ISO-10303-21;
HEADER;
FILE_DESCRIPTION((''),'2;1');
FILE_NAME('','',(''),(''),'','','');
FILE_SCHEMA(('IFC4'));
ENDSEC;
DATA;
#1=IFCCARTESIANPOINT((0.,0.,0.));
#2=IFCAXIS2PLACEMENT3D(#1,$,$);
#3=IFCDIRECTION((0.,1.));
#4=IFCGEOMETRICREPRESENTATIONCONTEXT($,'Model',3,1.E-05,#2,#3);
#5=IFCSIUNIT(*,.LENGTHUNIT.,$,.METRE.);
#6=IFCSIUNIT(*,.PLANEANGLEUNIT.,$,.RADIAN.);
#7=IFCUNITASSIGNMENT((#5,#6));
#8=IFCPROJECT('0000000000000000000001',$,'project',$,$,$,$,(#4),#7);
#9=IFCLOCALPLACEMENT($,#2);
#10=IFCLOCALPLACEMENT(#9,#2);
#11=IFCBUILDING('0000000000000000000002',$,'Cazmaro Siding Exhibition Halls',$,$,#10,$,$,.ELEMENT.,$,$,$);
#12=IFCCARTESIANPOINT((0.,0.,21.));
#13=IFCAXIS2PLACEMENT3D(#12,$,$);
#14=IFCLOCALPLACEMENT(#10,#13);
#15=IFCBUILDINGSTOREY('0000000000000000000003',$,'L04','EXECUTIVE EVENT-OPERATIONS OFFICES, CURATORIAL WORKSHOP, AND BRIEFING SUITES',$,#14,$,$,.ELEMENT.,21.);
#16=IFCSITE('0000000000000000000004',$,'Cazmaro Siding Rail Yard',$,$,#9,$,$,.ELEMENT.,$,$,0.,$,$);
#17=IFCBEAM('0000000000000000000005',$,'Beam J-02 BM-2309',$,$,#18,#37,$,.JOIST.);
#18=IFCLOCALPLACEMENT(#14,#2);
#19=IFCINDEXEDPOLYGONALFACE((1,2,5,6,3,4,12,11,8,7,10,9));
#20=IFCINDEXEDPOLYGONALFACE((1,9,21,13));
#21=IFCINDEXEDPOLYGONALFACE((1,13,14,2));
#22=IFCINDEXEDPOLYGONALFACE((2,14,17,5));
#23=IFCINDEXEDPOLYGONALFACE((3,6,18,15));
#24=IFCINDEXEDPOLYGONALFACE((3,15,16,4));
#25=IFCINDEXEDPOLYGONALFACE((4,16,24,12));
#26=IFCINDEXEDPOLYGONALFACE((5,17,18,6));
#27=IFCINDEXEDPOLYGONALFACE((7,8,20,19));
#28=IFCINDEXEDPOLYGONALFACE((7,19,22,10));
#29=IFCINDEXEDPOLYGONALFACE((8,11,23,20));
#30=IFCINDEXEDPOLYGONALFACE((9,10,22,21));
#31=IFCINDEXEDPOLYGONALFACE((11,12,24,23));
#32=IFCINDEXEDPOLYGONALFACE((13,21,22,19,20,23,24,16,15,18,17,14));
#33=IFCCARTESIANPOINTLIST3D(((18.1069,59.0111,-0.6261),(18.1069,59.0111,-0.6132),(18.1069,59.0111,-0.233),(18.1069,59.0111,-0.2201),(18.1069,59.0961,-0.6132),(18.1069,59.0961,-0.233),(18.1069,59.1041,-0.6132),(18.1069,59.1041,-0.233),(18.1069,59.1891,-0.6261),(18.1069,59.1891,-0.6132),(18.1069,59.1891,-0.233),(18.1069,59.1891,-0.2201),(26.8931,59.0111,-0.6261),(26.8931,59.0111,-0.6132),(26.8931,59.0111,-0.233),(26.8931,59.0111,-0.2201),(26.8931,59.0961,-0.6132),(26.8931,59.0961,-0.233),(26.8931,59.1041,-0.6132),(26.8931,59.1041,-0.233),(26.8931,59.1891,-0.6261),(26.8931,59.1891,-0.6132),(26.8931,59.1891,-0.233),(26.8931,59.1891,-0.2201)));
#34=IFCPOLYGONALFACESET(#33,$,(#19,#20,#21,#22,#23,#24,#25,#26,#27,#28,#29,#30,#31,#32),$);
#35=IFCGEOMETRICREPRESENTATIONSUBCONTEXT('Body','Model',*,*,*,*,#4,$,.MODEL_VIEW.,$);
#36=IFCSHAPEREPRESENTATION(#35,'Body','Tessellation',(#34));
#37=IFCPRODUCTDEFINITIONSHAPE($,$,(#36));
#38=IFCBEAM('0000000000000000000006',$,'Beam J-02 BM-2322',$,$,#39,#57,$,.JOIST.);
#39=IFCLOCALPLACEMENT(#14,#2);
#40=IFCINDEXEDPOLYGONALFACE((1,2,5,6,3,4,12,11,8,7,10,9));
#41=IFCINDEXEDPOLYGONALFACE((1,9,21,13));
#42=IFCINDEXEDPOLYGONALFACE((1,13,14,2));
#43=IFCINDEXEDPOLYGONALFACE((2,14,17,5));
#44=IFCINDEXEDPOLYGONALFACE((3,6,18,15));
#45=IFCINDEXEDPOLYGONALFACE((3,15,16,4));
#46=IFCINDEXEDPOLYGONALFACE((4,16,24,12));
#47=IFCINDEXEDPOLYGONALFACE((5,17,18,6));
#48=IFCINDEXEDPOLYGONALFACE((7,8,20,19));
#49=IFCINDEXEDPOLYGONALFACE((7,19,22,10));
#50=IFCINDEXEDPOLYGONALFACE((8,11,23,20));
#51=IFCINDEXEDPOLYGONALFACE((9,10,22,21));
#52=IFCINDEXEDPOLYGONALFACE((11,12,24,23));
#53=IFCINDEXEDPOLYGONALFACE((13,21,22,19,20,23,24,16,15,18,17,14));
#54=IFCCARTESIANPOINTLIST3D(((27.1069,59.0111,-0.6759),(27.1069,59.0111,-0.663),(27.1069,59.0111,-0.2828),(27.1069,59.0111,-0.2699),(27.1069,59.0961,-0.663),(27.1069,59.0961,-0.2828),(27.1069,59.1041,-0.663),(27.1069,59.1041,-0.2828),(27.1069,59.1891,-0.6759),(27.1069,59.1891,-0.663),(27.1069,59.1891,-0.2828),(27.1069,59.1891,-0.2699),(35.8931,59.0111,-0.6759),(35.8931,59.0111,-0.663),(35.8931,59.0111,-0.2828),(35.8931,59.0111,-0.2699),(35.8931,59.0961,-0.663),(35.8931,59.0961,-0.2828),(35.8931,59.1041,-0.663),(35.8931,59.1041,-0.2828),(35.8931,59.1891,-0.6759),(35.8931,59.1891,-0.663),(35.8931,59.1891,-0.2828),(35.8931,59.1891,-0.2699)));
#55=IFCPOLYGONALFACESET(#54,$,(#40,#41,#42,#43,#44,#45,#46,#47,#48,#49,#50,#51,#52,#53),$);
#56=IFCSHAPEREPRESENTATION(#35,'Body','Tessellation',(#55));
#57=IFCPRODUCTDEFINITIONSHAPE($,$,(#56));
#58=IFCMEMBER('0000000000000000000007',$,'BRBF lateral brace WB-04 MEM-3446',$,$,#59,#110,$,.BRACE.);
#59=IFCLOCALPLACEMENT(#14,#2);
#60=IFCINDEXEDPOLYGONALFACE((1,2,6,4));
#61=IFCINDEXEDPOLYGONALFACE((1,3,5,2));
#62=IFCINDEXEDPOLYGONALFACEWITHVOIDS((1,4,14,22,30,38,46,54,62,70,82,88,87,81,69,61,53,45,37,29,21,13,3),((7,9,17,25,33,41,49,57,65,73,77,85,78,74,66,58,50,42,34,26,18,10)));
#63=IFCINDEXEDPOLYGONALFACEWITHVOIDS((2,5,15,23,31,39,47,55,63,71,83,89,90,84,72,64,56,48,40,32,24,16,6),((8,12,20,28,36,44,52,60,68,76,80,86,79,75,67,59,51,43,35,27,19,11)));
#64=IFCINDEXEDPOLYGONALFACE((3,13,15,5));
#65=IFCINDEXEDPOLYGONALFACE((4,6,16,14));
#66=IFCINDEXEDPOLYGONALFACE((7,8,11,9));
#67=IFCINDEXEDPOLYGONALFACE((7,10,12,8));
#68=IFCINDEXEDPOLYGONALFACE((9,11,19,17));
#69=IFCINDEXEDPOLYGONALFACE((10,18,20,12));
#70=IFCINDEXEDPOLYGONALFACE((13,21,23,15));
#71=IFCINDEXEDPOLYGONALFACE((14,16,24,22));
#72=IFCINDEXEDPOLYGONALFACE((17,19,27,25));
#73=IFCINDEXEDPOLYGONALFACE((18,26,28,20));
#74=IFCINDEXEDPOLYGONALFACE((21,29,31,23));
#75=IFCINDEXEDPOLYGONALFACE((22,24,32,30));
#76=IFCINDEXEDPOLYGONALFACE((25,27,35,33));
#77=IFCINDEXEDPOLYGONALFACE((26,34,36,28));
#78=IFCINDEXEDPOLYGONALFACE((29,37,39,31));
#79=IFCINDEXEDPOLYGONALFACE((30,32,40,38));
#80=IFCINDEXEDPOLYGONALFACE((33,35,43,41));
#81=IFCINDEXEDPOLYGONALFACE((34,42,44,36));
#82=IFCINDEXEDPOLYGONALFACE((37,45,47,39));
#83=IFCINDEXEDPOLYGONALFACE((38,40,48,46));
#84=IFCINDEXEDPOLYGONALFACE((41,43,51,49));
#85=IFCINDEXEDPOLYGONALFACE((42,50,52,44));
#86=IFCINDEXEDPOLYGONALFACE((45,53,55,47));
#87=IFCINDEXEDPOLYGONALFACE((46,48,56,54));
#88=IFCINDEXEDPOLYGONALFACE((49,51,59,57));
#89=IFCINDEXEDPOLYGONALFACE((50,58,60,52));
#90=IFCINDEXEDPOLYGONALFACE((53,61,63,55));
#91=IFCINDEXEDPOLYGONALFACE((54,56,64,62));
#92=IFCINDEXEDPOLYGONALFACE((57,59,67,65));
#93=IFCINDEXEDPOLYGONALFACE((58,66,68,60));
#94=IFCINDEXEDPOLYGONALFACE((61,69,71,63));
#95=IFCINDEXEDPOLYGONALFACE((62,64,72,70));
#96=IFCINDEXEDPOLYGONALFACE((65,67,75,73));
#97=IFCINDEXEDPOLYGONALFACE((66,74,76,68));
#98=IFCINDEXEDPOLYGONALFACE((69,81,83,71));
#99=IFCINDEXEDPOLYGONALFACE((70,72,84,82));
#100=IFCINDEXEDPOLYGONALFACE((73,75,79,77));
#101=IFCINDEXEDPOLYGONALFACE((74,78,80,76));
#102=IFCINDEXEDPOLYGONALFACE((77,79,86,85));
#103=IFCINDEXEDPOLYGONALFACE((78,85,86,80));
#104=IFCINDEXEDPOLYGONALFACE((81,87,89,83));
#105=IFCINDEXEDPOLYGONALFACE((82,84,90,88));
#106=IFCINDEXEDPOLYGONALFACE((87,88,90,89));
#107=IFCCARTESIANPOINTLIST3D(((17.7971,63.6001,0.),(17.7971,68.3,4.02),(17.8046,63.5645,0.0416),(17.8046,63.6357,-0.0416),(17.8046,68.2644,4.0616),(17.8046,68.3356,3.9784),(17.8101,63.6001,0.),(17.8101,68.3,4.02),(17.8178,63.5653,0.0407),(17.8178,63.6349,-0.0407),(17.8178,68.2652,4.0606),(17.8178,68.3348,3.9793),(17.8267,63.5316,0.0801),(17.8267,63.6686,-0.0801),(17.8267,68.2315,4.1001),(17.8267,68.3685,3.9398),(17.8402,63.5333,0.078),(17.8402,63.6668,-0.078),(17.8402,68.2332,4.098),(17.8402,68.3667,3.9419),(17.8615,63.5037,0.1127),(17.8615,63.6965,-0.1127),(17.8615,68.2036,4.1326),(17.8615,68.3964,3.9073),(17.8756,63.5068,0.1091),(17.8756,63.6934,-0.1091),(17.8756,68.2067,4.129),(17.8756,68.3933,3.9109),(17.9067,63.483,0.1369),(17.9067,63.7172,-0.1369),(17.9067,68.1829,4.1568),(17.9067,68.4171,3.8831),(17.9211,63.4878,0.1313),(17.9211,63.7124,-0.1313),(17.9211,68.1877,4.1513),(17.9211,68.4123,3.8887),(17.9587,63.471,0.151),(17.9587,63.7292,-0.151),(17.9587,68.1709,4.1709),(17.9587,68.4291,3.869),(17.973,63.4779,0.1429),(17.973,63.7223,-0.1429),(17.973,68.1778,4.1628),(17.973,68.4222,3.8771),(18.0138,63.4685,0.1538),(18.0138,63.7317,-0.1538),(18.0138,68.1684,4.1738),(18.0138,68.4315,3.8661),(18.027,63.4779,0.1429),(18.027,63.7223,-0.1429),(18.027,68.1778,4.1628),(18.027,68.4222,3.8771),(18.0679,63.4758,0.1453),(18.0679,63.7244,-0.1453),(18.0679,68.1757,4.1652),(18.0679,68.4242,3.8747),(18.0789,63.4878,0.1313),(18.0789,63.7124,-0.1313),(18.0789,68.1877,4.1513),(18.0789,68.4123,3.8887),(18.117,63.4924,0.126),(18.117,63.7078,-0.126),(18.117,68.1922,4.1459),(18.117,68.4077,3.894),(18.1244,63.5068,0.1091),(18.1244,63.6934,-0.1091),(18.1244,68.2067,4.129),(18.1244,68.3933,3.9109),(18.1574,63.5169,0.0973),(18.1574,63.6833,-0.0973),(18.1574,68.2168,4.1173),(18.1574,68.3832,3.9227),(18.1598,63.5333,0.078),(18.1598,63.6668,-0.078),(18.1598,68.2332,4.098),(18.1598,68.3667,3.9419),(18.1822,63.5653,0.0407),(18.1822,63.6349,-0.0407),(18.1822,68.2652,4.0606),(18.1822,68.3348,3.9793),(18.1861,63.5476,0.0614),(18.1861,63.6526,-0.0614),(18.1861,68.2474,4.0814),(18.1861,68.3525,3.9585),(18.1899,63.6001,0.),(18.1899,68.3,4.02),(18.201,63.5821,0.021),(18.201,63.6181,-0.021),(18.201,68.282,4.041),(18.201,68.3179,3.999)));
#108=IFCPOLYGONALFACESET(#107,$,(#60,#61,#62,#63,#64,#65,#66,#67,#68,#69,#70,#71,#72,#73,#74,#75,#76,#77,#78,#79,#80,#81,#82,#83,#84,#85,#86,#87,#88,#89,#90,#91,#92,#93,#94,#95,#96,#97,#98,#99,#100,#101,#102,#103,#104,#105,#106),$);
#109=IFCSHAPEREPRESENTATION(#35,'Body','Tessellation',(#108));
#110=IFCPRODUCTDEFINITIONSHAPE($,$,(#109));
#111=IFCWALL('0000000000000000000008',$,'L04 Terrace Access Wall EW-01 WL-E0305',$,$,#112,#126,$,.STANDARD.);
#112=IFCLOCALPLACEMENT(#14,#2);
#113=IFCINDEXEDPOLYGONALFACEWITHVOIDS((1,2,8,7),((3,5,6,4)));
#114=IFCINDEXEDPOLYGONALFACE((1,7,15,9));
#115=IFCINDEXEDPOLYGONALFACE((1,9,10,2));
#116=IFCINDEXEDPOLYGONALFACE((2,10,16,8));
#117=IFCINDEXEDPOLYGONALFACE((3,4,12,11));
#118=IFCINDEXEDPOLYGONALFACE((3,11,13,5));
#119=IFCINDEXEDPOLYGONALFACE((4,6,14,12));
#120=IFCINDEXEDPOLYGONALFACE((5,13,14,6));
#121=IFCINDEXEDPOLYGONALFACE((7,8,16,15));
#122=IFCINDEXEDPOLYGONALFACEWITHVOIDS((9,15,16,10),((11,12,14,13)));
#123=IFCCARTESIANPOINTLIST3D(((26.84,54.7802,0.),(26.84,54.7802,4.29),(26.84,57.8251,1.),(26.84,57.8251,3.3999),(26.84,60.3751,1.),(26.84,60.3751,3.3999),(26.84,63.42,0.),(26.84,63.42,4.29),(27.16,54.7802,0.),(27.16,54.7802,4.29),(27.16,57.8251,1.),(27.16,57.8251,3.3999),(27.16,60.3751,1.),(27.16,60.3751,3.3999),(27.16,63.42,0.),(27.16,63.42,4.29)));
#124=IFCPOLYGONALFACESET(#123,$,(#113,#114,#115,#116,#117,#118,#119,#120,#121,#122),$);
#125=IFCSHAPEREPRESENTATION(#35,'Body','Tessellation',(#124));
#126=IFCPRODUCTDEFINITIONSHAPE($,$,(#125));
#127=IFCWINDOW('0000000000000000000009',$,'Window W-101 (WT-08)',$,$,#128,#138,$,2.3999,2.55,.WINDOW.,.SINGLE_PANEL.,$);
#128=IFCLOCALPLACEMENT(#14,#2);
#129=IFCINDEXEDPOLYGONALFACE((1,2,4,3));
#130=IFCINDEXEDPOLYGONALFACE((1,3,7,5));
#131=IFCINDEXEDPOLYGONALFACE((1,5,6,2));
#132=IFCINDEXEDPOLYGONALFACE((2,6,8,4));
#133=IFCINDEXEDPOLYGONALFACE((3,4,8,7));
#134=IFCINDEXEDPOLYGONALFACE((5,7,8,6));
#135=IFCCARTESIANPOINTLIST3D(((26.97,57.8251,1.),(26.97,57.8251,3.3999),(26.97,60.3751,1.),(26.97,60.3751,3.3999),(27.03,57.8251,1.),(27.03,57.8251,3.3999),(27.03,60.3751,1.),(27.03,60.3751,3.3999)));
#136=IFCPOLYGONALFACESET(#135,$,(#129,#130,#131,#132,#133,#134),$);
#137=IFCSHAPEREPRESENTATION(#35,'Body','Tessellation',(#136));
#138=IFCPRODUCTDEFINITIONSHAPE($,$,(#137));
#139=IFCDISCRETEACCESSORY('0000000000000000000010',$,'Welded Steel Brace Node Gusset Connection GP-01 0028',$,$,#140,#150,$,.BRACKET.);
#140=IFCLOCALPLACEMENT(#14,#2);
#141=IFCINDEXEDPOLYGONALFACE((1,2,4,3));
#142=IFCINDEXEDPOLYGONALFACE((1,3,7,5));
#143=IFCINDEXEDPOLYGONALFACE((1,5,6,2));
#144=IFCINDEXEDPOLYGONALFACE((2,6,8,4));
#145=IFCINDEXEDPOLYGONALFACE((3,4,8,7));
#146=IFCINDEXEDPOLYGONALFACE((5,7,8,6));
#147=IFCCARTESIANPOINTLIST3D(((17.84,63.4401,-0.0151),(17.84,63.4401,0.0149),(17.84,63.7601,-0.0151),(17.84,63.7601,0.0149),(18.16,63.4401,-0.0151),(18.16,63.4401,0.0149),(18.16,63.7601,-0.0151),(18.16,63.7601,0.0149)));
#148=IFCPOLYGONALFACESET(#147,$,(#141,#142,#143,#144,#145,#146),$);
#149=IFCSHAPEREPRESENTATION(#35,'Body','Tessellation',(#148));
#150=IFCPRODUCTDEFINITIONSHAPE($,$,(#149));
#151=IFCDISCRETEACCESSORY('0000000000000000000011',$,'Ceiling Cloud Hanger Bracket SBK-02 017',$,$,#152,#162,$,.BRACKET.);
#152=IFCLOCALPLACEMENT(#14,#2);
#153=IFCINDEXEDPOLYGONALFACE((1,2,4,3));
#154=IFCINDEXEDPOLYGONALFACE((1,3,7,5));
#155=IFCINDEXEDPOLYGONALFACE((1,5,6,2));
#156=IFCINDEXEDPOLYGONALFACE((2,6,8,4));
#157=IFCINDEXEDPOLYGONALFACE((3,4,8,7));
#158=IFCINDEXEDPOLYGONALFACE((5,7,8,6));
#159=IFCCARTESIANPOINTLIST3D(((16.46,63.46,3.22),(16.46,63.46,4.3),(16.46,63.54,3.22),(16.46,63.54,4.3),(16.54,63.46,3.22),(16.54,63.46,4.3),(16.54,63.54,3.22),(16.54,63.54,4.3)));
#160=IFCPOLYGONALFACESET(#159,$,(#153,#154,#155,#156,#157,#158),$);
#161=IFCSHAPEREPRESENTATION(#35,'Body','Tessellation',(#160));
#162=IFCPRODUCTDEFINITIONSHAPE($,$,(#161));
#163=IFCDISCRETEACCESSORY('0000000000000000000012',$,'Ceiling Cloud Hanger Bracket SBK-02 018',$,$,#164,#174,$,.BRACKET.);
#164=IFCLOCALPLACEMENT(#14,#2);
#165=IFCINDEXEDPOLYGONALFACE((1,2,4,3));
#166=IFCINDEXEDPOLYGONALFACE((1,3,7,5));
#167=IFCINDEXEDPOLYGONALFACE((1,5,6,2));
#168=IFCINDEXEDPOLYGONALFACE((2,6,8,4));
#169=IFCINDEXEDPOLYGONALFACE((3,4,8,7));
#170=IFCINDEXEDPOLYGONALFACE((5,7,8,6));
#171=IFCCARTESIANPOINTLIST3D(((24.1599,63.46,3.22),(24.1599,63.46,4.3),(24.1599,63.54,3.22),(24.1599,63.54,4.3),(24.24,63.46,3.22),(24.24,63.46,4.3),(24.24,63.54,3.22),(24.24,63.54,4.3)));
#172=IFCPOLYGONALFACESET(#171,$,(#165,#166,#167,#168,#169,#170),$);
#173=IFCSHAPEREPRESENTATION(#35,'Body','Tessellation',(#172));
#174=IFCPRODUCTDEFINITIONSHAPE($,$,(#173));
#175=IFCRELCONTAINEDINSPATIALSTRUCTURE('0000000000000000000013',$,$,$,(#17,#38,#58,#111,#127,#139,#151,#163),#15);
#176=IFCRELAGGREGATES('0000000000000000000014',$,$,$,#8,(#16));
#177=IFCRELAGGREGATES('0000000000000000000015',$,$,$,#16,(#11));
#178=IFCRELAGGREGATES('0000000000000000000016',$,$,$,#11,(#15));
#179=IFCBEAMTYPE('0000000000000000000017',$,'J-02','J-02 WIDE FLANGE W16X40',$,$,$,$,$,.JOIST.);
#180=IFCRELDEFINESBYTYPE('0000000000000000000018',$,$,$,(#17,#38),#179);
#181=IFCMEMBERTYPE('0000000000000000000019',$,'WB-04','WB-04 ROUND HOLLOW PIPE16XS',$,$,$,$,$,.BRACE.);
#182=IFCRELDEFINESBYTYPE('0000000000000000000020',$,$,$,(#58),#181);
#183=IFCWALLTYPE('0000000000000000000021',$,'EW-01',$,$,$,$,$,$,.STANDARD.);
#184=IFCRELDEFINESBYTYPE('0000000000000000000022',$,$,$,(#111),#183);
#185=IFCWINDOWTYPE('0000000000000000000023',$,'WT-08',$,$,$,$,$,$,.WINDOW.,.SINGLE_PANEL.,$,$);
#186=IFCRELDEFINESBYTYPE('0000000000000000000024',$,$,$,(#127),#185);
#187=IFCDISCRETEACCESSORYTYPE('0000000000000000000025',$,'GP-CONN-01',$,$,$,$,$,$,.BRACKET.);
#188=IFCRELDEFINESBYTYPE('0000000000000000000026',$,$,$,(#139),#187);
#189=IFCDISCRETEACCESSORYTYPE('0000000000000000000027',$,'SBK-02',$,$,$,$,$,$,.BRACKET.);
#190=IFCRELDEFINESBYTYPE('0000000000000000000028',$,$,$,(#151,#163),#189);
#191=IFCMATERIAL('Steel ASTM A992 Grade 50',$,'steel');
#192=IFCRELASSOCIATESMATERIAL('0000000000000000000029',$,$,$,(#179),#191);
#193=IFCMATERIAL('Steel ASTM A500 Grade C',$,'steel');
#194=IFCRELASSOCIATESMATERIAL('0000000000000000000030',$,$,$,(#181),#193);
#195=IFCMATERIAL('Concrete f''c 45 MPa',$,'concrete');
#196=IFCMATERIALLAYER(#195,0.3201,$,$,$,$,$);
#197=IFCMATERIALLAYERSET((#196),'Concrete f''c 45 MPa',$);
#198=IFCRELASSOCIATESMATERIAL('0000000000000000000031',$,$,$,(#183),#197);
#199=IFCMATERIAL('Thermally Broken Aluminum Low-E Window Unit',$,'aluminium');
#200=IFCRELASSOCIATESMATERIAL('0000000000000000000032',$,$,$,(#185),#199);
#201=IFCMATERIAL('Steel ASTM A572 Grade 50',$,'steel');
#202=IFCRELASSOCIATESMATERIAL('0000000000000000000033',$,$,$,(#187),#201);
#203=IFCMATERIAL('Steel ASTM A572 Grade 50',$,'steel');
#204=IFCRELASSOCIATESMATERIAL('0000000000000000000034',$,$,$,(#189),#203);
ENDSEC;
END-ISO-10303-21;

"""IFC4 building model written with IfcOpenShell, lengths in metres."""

from ifc_helpers import new_model, si_unit, direction, frame, frame_2d, origin, origin_2d, place, context, subcontext, project, spatial, rectangle, hollow_circle, i_section, extrude, material, layer, layer_set, material_profile, profile_set, type_object, element, fill, save


model = new_model("IFC4")

# Units and contexts
model_context = context("Model", 3, precision=1e-05, world=origin(), true_north=direction((0.0, 1.0)))
body_context = subcontext(model_context, "Body", "Model", "MODEL_VIEW")
ifc_project = project(units=[si_unit("LENGTHUNIT", "METRE"), si_unit("PLANEANGLEUNIT", "RADIAN")], contexts=[model_context])

# Site, building, storey
site_placement = place(None, origin())
site = spatial("IfcSite", under=ifc_project, at=site_placement, Name="Cazmaro Siding Rail Yard", CompositionType="ELEMENT", RefElevation=0.0)
building_placement = place(site_placement, origin())
building = spatial("IfcBuilding", under=site, at=building_placement, Name="Cazmaro Siding Exhibition Halls", CompositionType="ELEMENT")
storey_placement = place(building_placement, frame((0.0, 0.0, 21.0)))
storey = spatial("IfcBuildingStorey", under=building, at=storey_placement, Name="L04", Description="EXECUTIVE EVENT-OPERATIONS OFFICES, CURATORIAL WORKSHOP, AND BRIEFING SUITES", CompositionType="ELEMENT", Elevation=21.0)

# Beams
ifc_material_1 = material(Name="Steel ASTM A992 Grade 50", Category="steel")
ifc_material_profile_1 = material_profile(ifc_material_1, i_section(OverallWidth=0.178, OverallDepth=0.406, WebThickness=0.0081, FlangeThickness=0.0129, at=origin_2d()), Name="W16X40")
ifc_profile_set_1 = profile_set([ifc_material_profile_1], Name="Steel ASTM A992 Grade 50")
beam_type_1 = type_object("IfcBeamType", Name="J-02", Description="J-02 WIDE FLANGE W16X40", PredefinedType="JOIST", material=ifc_profile_set_1)
for number, where, z_axis, x_axis, name in (
    (1, (18.1069, 59.1001, -0.4231), (1.0, 0.0, 0.0), (0.0, 1.0, 0.0), "Beam J-02 BM-2309"),
    (2, (27.1069, 59.1001, -0.4729), (1.0, 0.0, 0.0), (0.0, 1.0, 0.0), "Beam J-02 BM-2322"),
):
    element("IfcBeam", number, at=place(storey_placement, frame(where, z_axis=z_axis, x_axis=x_axis)), inside=storey, type_object=beam_type_1, Name=name, PredefinedType="JOIST", context=body_context, shape_type="SweptSolid", body=[
        extrude(i_section(OverallWidth=0.178, OverallDepth=0.406, WebThickness=0.0081, FlangeThickness=0.0129, at=origin_2d()), origin(), (0.0, 0.0, 1.0), 8.7861),
    ])

# Member
ifc_material_2 = material(Name="Steel ASTM A500 Grade C", Category="steel")
ifc_material_profile_2 = material_profile(ifc_material_2, hollow_circle(Radius=0.2029, WallThickness=0.0129, at=origin_2d()), Name="PIPE16XS")
ifc_profile_set_2 = profile_set([ifc_material_profile_2], Name="Steel ASTM A500 Grade C")
member_type = type_object("IfcMemberType", Name="WB-04", Description="WB-04 ROUND HOLLOW PIPE16XS", PredefinedType="BRACE", material=ifc_profile_set_2)
member_placement = place(storey_placement, frame((18.0, 63.6001, 0.0), z_axis=(0.0, 0.759936, 0.649998), x_axis=(-1.0, 0.0, 0.0)))
element("IfcMember", 3, at=member_placement, inside=storey, type_object=member_type, Name="BRBF lateral brace WB-04 MEM-3446", PredefinedType="BRACE", context=body_context, shape_type="SweptSolid", body=[
    extrude(hollow_circle(Radius=0.2029, WallThickness=0.0129, at=origin_2d()), origin(), (0.0, 0.0, 1.0), 6.1846),
])

# Wall, opening, window
ifc_material_3 = material(Name="Concrete f'c 45 MPa", Category="concrete")
ifc_layer = layer(ifc_material_3, 0.3201)
ifc_layer_set = layer_set([ifc_layer], Name="Concrete f'c 45 MPa")
wall_type = type_object("IfcWallType", Name="EW-01", PredefinedType="STANDARD", material=ifc_layer_set)
wall_placement = place(storey_placement, frame((27.0, 63.4199, 0.0), z_axis=(0.0, 0.0, 1.0), x_axis=(0.0, -1.0, 0.0)))
wall = element("IfcWall", 4, at=wall_placement, inside=storey, type_object=wall_type, Name="L04 Terrace Access Wall EW-01 WL-E0305", PredefinedType="STANDARD", context=body_context, shape_type="SweptSolid", body=[
    extrude(rectangle(XDim=8.6399, YDim=0.3201, at=frame_2d((4.3198, 0.0))), origin(), (0.0, 0.0, 1.0), 4.29),
])
opening_placement = place(wall_placement, frame((3.0449, 0.0, 1.0)))
opening = element("IfcOpeningElement", 5, at=opening_placement, cuts=wall, PredefinedType="OPENING", context=body_context, shape_type="SweptSolid", body=[
    extrude(rectangle(XDim=2.55, YDim=2.3999, at=frame_2d((1.2749, 1.2))), frame((0.0, 0.1699, 0.0), z_axis=(0.0, -1.0, 0.0), x_axis=(1.0, 0.0, 0.0)), (0.0, 0.0, 1.0), 0.3401),
])
ifc_material_4 = material(Name="Thermally Broken Aluminum Low-E Window Unit", Category="aluminium")
window_type = type_object("IfcWindowType", Name="WT-08", PartitioningType="SINGLE_PANEL", PredefinedType="WINDOW", material=ifc_material_4)
window_placement = place(opening_placement, origin())
window = element("IfcWindow", 6, at=window_placement, inside=storey, type_object=window_type, Name="Window W-101 (WT-08)", OverallHeight=2.3999, OverallWidth=2.55, PartitioningType="SINGLE_PANEL", PredefinedType="WINDOW", context=body_context, shape_type="SweptSolid", body=[
    extrude(rectangle(XDim=2.55, YDim=2.3999, at=frame_2d((1.2749, 1.2))), frame((0.0, 0.03, 0.0), z_axis=(0.0, -1.0, 0.0), x_axis=(1.0, 0.0, 0.0)), (0.0, 0.0, 1.0), 0.0601),
])
fill(opening, window)

# Discrete accessories
ifc_material_5 = material(Name="Steel ASTM A572 Grade 50", Category="steel")
discrete_accessory_type_1 = type_object("IfcDiscreteAccessoryType", Name="GP-CONN-01", PredefinedType="BRACKET", material=ifc_material_5)
discrete_accessory_placement = place(storey_placement, frame((18.0, 63.6001, -0.0151), z_axis=(0.0, 0.0, 1.0), x_axis=(1.0, 0.0, 0.0)))
element("IfcDiscreteAccessory", 7, at=discrete_accessory_placement, inside=storey, type_object=discrete_accessory_type_1, Name="Welded Steel Brace Node Gusset Connection GP-01 0028", PredefinedType="BRACKET", context=body_context, shape_type="SweptSolid", body=[
    extrude(rectangle(XDim=0.3201, YDim=0.3201, at=origin_2d()), origin(), (0.0, 0.0, 1.0), 0.03),
])
ifc_material_6 = material(Name="Steel ASTM A572 Grade 50", Category="steel")
discrete_accessory_type_2 = type_object("IfcDiscreteAccessoryType", Name="SBK-02", PredefinedType="BRACKET", material=ifc_material_6)
for number, where, z_axis, x_axis, name in (
    (8, (16.5, 63.5, 3.22), (0.0, 0.0, 1.0), (1.0, 0.0, 0.0), "Ceiling Cloud Hanger Bracket SBK-02 017"),
    (9, (24.2, 63.5, 3.22), (0.0, 0.0, 1.0), (1.0, 0.0, 0.0), "Ceiling Cloud Hanger Bracket SBK-02 018"),
):
    element("IfcDiscreteAccessory", number, at=place(storey_placement, frame(where, z_axis=z_axis, x_axis=x_axis)), inside=storey, type_object=discrete_accessory_type_2, Name=name, PredefinedType="BRACKET", context=body_context, shape_type="SweptSolid", body=[
        extrude(rectangle(XDim=0.0801, YDim=0.0801, at=origin_2d()), origin(), (0.0, 0.0, 1.0), 1.0801),
    ])

save(model, "model.ifc")
